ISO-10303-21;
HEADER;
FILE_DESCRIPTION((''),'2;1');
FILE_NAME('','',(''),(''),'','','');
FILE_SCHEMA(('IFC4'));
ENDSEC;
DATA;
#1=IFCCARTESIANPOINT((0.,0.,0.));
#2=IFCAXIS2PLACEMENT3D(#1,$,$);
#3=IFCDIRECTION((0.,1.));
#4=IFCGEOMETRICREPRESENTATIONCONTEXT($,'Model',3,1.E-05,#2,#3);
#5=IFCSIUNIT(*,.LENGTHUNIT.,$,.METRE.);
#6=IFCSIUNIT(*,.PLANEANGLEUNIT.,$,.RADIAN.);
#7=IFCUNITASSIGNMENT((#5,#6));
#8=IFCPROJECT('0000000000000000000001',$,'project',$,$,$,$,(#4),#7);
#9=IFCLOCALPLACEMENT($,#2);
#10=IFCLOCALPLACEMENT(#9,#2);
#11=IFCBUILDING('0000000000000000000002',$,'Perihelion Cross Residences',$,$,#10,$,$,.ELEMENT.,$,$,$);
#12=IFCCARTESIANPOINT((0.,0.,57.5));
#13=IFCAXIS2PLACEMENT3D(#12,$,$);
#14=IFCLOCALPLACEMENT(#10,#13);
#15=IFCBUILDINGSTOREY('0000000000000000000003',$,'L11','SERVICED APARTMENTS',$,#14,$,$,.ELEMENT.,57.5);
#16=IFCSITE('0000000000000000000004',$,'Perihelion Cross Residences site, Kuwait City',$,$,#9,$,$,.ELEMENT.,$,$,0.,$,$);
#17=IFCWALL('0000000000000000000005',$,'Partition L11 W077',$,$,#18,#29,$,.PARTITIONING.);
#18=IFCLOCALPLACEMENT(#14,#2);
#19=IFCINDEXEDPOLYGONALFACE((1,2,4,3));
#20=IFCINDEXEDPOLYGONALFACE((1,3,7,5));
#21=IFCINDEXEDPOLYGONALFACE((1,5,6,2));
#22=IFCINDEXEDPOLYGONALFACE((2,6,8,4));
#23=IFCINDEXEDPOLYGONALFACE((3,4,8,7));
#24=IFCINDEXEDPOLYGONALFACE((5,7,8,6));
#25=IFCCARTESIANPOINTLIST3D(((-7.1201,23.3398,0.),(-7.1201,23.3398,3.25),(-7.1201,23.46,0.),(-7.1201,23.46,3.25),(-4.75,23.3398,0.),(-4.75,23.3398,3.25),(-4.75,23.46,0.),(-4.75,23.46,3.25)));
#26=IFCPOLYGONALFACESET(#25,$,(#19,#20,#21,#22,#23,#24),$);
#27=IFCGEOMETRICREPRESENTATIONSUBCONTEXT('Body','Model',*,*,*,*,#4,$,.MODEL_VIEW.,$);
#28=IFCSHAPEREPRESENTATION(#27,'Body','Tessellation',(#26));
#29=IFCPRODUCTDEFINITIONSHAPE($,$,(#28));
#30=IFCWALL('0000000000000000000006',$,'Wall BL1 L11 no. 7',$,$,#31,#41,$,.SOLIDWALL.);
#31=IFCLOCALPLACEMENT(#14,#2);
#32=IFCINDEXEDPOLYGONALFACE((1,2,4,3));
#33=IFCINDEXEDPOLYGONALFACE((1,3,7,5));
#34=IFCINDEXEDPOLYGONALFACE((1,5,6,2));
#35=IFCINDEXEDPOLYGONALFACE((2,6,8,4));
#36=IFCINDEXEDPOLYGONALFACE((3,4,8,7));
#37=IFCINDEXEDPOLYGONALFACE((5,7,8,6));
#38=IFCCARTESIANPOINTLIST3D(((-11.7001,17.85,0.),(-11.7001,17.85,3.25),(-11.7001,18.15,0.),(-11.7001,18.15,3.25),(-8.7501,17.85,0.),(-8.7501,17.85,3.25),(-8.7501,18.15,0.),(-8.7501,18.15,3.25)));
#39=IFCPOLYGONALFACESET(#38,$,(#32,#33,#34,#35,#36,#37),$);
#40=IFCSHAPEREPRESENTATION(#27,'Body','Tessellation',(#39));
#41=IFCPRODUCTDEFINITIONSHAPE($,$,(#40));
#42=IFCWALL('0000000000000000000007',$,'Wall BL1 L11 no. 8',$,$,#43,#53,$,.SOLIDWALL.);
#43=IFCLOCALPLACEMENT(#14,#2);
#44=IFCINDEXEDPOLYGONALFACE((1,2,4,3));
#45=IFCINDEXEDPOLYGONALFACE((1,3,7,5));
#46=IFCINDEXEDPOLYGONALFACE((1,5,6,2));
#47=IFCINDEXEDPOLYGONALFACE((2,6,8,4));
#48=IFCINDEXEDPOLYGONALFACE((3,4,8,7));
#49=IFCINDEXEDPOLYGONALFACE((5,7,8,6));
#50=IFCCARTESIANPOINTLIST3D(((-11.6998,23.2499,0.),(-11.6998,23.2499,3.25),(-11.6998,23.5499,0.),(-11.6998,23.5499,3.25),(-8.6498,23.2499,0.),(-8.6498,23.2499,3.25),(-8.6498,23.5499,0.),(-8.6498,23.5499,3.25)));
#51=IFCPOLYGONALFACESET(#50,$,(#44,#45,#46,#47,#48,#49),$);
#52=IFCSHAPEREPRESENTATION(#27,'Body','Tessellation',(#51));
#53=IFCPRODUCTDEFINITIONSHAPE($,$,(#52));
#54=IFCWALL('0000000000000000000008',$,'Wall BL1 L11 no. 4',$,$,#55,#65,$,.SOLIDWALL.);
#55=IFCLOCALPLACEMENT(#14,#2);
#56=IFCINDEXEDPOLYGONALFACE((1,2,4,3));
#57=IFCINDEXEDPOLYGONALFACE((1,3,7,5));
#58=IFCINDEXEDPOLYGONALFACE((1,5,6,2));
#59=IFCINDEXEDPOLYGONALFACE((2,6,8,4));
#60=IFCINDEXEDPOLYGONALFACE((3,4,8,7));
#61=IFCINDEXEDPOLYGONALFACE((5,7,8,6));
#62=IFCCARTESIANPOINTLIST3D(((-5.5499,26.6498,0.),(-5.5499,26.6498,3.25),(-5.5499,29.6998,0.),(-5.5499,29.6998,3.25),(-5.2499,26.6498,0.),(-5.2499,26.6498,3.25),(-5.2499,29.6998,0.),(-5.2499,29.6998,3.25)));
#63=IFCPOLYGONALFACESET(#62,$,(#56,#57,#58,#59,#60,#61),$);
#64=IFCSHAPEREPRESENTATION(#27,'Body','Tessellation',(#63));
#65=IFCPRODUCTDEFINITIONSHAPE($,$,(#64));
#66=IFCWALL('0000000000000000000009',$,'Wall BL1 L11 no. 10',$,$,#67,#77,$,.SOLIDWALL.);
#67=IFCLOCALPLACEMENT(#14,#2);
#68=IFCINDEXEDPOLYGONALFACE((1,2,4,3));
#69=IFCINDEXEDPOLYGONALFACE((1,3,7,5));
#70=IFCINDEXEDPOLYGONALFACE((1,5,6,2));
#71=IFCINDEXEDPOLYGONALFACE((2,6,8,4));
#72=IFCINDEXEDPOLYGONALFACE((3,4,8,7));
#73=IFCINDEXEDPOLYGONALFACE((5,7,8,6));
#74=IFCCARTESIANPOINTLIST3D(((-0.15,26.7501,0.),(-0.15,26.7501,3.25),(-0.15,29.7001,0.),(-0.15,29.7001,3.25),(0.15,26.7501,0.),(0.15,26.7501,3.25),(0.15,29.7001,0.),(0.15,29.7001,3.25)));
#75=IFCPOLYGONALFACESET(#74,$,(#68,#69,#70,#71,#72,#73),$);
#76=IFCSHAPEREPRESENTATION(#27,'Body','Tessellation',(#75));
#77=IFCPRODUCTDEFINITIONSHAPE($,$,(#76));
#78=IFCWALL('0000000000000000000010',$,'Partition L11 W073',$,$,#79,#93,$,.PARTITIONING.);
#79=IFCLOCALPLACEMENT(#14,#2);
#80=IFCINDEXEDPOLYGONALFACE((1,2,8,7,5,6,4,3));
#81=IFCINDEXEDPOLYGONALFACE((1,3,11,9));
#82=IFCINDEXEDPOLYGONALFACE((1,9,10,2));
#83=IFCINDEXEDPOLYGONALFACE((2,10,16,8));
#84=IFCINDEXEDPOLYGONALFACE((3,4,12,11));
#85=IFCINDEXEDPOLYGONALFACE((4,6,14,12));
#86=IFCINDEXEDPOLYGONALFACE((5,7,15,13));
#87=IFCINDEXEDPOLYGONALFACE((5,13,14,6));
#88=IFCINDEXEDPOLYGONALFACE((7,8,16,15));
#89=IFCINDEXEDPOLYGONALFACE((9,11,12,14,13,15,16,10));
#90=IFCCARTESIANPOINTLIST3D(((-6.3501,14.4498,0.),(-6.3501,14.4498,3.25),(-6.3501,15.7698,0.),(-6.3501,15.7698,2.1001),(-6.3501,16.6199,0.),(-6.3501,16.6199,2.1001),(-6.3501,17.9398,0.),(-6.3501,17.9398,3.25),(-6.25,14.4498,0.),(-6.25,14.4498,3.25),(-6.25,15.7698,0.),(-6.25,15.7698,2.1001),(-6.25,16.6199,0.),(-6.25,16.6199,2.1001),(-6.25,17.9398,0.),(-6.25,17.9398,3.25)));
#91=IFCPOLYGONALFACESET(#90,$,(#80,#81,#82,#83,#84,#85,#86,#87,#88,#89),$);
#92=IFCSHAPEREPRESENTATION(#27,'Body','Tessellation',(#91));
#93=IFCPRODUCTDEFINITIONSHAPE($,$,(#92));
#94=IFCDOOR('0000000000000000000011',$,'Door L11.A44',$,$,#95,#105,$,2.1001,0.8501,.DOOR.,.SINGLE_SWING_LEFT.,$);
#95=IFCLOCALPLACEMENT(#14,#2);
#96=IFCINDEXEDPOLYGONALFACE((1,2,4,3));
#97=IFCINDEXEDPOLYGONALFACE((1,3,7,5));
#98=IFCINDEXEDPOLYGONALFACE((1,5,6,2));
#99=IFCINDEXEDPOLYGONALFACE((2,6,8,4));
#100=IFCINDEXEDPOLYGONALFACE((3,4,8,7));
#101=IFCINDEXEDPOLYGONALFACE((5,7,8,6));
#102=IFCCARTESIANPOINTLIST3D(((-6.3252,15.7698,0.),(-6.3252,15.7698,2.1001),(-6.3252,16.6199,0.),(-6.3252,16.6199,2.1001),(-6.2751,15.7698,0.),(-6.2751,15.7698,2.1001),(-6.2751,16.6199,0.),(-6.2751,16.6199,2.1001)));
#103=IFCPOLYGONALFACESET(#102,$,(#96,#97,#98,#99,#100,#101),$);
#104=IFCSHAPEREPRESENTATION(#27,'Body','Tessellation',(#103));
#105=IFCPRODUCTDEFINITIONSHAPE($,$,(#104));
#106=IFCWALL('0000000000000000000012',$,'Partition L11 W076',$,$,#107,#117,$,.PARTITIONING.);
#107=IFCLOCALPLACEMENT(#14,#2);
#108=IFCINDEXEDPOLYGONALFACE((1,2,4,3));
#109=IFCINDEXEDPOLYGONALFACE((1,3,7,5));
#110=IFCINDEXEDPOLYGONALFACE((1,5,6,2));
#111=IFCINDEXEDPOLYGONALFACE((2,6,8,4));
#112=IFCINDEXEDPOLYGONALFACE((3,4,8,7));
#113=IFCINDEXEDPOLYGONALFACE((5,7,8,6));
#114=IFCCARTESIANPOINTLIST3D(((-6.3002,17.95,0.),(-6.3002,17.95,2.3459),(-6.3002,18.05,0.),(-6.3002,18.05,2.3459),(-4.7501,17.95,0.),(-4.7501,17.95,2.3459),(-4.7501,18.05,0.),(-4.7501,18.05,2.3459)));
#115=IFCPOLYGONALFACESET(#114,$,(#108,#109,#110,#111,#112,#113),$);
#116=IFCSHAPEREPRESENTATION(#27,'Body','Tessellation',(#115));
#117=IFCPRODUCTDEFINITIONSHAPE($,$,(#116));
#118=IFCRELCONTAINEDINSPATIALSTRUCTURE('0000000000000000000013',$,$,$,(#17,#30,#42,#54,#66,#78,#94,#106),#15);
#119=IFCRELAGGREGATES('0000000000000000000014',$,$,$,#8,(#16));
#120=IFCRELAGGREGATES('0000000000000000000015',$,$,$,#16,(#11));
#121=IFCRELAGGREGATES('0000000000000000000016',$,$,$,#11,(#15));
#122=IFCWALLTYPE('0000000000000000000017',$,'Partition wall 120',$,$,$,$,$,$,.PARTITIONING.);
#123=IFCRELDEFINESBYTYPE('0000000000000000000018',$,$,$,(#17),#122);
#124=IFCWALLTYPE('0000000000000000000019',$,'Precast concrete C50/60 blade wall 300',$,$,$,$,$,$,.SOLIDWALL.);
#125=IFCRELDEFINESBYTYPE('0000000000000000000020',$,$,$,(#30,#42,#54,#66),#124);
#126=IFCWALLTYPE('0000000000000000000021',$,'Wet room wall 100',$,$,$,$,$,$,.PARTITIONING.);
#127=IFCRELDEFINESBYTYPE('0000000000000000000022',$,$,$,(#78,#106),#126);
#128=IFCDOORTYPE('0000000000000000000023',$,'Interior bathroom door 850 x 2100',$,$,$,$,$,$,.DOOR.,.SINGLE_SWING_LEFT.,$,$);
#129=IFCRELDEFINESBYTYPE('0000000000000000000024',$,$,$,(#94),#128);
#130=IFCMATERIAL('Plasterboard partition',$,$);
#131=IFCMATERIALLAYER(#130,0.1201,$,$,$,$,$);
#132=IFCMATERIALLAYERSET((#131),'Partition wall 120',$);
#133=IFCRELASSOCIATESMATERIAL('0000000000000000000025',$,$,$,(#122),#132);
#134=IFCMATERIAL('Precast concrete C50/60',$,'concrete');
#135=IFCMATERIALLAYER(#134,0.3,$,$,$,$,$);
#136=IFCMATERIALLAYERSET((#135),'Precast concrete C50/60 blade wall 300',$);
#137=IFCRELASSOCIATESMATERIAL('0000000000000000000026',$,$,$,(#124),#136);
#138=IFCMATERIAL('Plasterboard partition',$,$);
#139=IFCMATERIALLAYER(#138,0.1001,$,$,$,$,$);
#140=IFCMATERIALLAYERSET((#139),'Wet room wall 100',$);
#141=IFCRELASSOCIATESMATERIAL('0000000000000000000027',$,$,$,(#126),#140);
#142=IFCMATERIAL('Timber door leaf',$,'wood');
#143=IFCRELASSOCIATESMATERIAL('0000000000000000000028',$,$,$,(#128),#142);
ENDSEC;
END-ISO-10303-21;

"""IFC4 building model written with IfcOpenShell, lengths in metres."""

from ifc_helpers import new_model, si_unit, direction, frame, frame_2d, origin, place, context, subcontext, project, spatial, rectangle, extrude, material, layer, layer_set, type_object, element, fill, save


model = new_model("IFC4")

# Units and contexts
model_context = context("Model", 3, precision=1e-05, world=origin(), true_north=direction((0.0, 1.0)))
body_context = subcontext(model_context, "Body", "Model", "MODEL_VIEW")
ifc_project = project(units=[si_unit("LENGTHUNIT", "METRE"), si_unit("PLANEANGLEUNIT", "RADIAN")], contexts=[model_context])

# Site, building, storey
site_placement = place(None, origin())
site = spatial("IfcSite", under=ifc_project, at=site_placement, Name="Perihelion Cross Residences site, Kuwait City", CompositionType="ELEMENT", RefElevation=0.0)
building_placement = place(site_placement, origin())
building = spatial("IfcBuilding", under=site, at=building_placement, Name="Perihelion Cross Residences", CompositionType="ELEMENT")
storey_placement = place(building_placement, frame((0.0, 0.0, 57.5)))
storey = spatial("IfcBuildingStorey", under=building, at=storey_placement, Name="L11", Description="SERVICED APARTMENTS", CompositionType="ELEMENT", Elevation=57.5)

# Shared definitions
ifc_material_1 = material(Name="Plasterboard partition")
ifc_layer_1 = layer(ifc_material_1, 0.1201)
ifc_layer_set_1 = layer_set([ifc_layer_1], Name="Partition wall 120")
wall_type_1 = type_object("IfcWallType", Name="Partition wall 120", PredefinedType="PARTITIONING", material=ifc_layer_set_1)

# Walls
wall_1_placement = place(storey_placement, frame((-7.1201, 23.3999, 0.0), z_axis=(0.0, 0.0, 1.0), x_axis=(1.0, 0.0, 0.0)))
element("IfcWall", 1, at=wall_1_placement, inside=storey, type_object=wall_type_1, Name="Partition L11 W077", PredefinedType="PARTITIONING", context=body_context, shape_type="SweptSolid", body=[
    extrude(rectangle(XDim=2.3701, YDim=0.1201, at=frame_2d((1.1851, 0.0))), origin(), (0.0, 0.0, 1.0), 3.25),
])
ifc_material_2 = material(Name="Precast concrete C50/60", Category="concrete")
ifc_layer_2 = layer(ifc_material_2, 0.3)
ifc_layer_set_2 = layer_set([ifc_layer_2], Name="Precast concrete C50/60 blade wall 300")
wall_type_2 = type_object("IfcWallType", Name="Precast concrete C50/60 blade wall 300", PredefinedType="SOLIDWALL", material=ifc_layer_set_2)
wall_2_placement = place(storey_placement, frame((-8.75, 18.0, 0.0), z_axis=(0.0, 0.0, 1.0), x_axis=(-1.0, 0.0, 0.0)))
element("IfcWall", 2, at=wall_2_placement, inside=storey, type_object=wall_type_2, Name="Wall BL1 L11 no. 7", PredefinedType="SOLIDWALL", context=body_context, shape_type="SweptSolid", body=[
    extrude(rectangle(XDim=2.95, YDim=0.3, at=frame_2d((1.4751, 0.0))), origin(), (0.0, 0.0, 1.0), 3.25),
])
for number, where, z_axis, x_axis, name in (
    (3, (-8.6499, 23.3999, 0.0), (0.0, 0.0, 1.0), (-1.0, 0.0, 0.0), "Wall BL1 L11 no. 8"),
    (4, (-5.3999, 26.6499, 0.0), (0.0, 0.0, 1.0), (0.0, 1.0, 0.0), "Wall BL1 L11 no. 4"),
):
    element("IfcWall", number, at=place(storey_placement, frame(where, z_axis=z_axis, x_axis=x_axis)), inside=storey, type_object=wall_type_2, Name=name, PredefinedType="SOLIDWALL", context=body_context, shape_type="SweptSolid", body=[
        extrude(rectangle(XDim=3.05, YDim=0.3, at=frame_2d((1.5249, 0.0))), origin(), (0.0, 0.0, 1.0), 3.25),
    ])
wall_3_placement = place(storey_placement, frame((0.0, 26.75, 0.0), z_axis=(0.0, 0.0, 1.0), x_axis=(0.0, 1.0, 0.0)))
element("IfcWall", 5, at=wall_3_placement, inside=storey, type_object=wall_type_2, Name="Wall BL1 L11 no. 10", PredefinedType="SOLIDWALL", context=body_context, shape_type="SweptSolid", body=[
    extrude(rectangle(XDim=2.95, YDim=0.3, at=frame_2d((1.4751, 0.0))), origin(), (0.0, 0.0, 1.0), 3.25),
])

# Wall, opening, door
ifc_material_3 = material(Name="Plasterboard partition")
ifc_layer_3 = layer(ifc_material_3, 0.1001)
ifc_layer_set_3 = layer_set([ifc_layer_3], Name="Wet room wall 100")
wall_type_3 = type_object("IfcWallType", Name="Wet room wall 100", PredefinedType="PARTITIONING", material=ifc_layer_set_3)
wall_4_placement = place(storey_placement, frame((-6.3, 17.9399, 0.0), z_axis=(0.0, 0.0, 1.0), x_axis=(0.0, -1.0, 0.0)))
wall_4 = element("IfcWall", 6, at=wall_4_placement, inside=storey, type_object=wall_type_3, Name="Partition L11 W073", PredefinedType="PARTITIONING", context=body_context, shape_type="SweptSolid", body=[
    extrude(rectangle(XDim=3.49, YDim=0.1001, at=frame_2d((1.7451, 0.0))), origin(), (0.0, 0.0, 1.0), 3.25),
])
opening_1_placement = place(wall_4_placement, frame((1.3201, 0.0, 0.0)))
opening_1 = element("IfcOpeningElement", 7, at=opening_1_placement, cuts=wall_4, PredefinedType="OPENING", context=body_context, shape_type="SweptSolid", body=[
    extrude(rectangle(XDim=0.8501, YDim=2.1001, at=frame_2d((0.425, 1.05))), frame((0.0, 0.0601, 0.0), z_axis=(0.0, -1.0, 0.0), x_axis=(1.0, 0.0, 0.0)), (0.0, 0.0, 1.0), 0.1201),
])
ifc_material_4 = material(Name="Timber door leaf", Category="wood")
door_type_1 = type_object("IfcDoorType", Name="Interior bathroom door 850 x 2100", OperationType="SINGLE_SWING_LEFT", PredefinedType="DOOR", material=ifc_material_4)
door_1_placement = place(opening_1_placement, origin())
door_1 = element("IfcDoor", 8, at=door_1_placement, inside=storey, type_object=door_type_1, Name="Door L11.A44", OperationType="SINGLE_SWING_LEFT", OverallHeight=2.1001, OverallWidth=0.8501, PredefinedType="DOOR", context=body_context, shape_type="SweptSolid", body=[
    extrude(rectangle(XDim=0.8501, YDim=2.1001, at=frame_2d((0.425, 1.05))), frame((0.0, 0.0249, 0.0), z_axis=(0.0, -1.0, 0.0), x_axis=(1.0, 0.0, 0.0)), (0.0, 0.0, 1.0), 0.05),
])
fill(opening_1, door_1)

# Wall
wall_5_placement = place(storey_placement, frame((-6.3, 18.0, 0.0), z_axis=(0.0, 0.0, 1.0), x_axis=(1.0, 0.0, 0.0)))
element("IfcWall", 9, at=wall_5_placement, inside=storey, type_object=wall_type_3, Name="Partition L11 W076", PredefinedType="PARTITIONING", context=body_context, shape_type="SweptSolid", body=[
    extrude(rectangle(XDim=1.55, YDim=0.1001, at=frame_2d((0.7749, 0.0))), origin(), (0.0, 0.0, 1.0), 2.3459),
])

save(model, "model.ifc")
